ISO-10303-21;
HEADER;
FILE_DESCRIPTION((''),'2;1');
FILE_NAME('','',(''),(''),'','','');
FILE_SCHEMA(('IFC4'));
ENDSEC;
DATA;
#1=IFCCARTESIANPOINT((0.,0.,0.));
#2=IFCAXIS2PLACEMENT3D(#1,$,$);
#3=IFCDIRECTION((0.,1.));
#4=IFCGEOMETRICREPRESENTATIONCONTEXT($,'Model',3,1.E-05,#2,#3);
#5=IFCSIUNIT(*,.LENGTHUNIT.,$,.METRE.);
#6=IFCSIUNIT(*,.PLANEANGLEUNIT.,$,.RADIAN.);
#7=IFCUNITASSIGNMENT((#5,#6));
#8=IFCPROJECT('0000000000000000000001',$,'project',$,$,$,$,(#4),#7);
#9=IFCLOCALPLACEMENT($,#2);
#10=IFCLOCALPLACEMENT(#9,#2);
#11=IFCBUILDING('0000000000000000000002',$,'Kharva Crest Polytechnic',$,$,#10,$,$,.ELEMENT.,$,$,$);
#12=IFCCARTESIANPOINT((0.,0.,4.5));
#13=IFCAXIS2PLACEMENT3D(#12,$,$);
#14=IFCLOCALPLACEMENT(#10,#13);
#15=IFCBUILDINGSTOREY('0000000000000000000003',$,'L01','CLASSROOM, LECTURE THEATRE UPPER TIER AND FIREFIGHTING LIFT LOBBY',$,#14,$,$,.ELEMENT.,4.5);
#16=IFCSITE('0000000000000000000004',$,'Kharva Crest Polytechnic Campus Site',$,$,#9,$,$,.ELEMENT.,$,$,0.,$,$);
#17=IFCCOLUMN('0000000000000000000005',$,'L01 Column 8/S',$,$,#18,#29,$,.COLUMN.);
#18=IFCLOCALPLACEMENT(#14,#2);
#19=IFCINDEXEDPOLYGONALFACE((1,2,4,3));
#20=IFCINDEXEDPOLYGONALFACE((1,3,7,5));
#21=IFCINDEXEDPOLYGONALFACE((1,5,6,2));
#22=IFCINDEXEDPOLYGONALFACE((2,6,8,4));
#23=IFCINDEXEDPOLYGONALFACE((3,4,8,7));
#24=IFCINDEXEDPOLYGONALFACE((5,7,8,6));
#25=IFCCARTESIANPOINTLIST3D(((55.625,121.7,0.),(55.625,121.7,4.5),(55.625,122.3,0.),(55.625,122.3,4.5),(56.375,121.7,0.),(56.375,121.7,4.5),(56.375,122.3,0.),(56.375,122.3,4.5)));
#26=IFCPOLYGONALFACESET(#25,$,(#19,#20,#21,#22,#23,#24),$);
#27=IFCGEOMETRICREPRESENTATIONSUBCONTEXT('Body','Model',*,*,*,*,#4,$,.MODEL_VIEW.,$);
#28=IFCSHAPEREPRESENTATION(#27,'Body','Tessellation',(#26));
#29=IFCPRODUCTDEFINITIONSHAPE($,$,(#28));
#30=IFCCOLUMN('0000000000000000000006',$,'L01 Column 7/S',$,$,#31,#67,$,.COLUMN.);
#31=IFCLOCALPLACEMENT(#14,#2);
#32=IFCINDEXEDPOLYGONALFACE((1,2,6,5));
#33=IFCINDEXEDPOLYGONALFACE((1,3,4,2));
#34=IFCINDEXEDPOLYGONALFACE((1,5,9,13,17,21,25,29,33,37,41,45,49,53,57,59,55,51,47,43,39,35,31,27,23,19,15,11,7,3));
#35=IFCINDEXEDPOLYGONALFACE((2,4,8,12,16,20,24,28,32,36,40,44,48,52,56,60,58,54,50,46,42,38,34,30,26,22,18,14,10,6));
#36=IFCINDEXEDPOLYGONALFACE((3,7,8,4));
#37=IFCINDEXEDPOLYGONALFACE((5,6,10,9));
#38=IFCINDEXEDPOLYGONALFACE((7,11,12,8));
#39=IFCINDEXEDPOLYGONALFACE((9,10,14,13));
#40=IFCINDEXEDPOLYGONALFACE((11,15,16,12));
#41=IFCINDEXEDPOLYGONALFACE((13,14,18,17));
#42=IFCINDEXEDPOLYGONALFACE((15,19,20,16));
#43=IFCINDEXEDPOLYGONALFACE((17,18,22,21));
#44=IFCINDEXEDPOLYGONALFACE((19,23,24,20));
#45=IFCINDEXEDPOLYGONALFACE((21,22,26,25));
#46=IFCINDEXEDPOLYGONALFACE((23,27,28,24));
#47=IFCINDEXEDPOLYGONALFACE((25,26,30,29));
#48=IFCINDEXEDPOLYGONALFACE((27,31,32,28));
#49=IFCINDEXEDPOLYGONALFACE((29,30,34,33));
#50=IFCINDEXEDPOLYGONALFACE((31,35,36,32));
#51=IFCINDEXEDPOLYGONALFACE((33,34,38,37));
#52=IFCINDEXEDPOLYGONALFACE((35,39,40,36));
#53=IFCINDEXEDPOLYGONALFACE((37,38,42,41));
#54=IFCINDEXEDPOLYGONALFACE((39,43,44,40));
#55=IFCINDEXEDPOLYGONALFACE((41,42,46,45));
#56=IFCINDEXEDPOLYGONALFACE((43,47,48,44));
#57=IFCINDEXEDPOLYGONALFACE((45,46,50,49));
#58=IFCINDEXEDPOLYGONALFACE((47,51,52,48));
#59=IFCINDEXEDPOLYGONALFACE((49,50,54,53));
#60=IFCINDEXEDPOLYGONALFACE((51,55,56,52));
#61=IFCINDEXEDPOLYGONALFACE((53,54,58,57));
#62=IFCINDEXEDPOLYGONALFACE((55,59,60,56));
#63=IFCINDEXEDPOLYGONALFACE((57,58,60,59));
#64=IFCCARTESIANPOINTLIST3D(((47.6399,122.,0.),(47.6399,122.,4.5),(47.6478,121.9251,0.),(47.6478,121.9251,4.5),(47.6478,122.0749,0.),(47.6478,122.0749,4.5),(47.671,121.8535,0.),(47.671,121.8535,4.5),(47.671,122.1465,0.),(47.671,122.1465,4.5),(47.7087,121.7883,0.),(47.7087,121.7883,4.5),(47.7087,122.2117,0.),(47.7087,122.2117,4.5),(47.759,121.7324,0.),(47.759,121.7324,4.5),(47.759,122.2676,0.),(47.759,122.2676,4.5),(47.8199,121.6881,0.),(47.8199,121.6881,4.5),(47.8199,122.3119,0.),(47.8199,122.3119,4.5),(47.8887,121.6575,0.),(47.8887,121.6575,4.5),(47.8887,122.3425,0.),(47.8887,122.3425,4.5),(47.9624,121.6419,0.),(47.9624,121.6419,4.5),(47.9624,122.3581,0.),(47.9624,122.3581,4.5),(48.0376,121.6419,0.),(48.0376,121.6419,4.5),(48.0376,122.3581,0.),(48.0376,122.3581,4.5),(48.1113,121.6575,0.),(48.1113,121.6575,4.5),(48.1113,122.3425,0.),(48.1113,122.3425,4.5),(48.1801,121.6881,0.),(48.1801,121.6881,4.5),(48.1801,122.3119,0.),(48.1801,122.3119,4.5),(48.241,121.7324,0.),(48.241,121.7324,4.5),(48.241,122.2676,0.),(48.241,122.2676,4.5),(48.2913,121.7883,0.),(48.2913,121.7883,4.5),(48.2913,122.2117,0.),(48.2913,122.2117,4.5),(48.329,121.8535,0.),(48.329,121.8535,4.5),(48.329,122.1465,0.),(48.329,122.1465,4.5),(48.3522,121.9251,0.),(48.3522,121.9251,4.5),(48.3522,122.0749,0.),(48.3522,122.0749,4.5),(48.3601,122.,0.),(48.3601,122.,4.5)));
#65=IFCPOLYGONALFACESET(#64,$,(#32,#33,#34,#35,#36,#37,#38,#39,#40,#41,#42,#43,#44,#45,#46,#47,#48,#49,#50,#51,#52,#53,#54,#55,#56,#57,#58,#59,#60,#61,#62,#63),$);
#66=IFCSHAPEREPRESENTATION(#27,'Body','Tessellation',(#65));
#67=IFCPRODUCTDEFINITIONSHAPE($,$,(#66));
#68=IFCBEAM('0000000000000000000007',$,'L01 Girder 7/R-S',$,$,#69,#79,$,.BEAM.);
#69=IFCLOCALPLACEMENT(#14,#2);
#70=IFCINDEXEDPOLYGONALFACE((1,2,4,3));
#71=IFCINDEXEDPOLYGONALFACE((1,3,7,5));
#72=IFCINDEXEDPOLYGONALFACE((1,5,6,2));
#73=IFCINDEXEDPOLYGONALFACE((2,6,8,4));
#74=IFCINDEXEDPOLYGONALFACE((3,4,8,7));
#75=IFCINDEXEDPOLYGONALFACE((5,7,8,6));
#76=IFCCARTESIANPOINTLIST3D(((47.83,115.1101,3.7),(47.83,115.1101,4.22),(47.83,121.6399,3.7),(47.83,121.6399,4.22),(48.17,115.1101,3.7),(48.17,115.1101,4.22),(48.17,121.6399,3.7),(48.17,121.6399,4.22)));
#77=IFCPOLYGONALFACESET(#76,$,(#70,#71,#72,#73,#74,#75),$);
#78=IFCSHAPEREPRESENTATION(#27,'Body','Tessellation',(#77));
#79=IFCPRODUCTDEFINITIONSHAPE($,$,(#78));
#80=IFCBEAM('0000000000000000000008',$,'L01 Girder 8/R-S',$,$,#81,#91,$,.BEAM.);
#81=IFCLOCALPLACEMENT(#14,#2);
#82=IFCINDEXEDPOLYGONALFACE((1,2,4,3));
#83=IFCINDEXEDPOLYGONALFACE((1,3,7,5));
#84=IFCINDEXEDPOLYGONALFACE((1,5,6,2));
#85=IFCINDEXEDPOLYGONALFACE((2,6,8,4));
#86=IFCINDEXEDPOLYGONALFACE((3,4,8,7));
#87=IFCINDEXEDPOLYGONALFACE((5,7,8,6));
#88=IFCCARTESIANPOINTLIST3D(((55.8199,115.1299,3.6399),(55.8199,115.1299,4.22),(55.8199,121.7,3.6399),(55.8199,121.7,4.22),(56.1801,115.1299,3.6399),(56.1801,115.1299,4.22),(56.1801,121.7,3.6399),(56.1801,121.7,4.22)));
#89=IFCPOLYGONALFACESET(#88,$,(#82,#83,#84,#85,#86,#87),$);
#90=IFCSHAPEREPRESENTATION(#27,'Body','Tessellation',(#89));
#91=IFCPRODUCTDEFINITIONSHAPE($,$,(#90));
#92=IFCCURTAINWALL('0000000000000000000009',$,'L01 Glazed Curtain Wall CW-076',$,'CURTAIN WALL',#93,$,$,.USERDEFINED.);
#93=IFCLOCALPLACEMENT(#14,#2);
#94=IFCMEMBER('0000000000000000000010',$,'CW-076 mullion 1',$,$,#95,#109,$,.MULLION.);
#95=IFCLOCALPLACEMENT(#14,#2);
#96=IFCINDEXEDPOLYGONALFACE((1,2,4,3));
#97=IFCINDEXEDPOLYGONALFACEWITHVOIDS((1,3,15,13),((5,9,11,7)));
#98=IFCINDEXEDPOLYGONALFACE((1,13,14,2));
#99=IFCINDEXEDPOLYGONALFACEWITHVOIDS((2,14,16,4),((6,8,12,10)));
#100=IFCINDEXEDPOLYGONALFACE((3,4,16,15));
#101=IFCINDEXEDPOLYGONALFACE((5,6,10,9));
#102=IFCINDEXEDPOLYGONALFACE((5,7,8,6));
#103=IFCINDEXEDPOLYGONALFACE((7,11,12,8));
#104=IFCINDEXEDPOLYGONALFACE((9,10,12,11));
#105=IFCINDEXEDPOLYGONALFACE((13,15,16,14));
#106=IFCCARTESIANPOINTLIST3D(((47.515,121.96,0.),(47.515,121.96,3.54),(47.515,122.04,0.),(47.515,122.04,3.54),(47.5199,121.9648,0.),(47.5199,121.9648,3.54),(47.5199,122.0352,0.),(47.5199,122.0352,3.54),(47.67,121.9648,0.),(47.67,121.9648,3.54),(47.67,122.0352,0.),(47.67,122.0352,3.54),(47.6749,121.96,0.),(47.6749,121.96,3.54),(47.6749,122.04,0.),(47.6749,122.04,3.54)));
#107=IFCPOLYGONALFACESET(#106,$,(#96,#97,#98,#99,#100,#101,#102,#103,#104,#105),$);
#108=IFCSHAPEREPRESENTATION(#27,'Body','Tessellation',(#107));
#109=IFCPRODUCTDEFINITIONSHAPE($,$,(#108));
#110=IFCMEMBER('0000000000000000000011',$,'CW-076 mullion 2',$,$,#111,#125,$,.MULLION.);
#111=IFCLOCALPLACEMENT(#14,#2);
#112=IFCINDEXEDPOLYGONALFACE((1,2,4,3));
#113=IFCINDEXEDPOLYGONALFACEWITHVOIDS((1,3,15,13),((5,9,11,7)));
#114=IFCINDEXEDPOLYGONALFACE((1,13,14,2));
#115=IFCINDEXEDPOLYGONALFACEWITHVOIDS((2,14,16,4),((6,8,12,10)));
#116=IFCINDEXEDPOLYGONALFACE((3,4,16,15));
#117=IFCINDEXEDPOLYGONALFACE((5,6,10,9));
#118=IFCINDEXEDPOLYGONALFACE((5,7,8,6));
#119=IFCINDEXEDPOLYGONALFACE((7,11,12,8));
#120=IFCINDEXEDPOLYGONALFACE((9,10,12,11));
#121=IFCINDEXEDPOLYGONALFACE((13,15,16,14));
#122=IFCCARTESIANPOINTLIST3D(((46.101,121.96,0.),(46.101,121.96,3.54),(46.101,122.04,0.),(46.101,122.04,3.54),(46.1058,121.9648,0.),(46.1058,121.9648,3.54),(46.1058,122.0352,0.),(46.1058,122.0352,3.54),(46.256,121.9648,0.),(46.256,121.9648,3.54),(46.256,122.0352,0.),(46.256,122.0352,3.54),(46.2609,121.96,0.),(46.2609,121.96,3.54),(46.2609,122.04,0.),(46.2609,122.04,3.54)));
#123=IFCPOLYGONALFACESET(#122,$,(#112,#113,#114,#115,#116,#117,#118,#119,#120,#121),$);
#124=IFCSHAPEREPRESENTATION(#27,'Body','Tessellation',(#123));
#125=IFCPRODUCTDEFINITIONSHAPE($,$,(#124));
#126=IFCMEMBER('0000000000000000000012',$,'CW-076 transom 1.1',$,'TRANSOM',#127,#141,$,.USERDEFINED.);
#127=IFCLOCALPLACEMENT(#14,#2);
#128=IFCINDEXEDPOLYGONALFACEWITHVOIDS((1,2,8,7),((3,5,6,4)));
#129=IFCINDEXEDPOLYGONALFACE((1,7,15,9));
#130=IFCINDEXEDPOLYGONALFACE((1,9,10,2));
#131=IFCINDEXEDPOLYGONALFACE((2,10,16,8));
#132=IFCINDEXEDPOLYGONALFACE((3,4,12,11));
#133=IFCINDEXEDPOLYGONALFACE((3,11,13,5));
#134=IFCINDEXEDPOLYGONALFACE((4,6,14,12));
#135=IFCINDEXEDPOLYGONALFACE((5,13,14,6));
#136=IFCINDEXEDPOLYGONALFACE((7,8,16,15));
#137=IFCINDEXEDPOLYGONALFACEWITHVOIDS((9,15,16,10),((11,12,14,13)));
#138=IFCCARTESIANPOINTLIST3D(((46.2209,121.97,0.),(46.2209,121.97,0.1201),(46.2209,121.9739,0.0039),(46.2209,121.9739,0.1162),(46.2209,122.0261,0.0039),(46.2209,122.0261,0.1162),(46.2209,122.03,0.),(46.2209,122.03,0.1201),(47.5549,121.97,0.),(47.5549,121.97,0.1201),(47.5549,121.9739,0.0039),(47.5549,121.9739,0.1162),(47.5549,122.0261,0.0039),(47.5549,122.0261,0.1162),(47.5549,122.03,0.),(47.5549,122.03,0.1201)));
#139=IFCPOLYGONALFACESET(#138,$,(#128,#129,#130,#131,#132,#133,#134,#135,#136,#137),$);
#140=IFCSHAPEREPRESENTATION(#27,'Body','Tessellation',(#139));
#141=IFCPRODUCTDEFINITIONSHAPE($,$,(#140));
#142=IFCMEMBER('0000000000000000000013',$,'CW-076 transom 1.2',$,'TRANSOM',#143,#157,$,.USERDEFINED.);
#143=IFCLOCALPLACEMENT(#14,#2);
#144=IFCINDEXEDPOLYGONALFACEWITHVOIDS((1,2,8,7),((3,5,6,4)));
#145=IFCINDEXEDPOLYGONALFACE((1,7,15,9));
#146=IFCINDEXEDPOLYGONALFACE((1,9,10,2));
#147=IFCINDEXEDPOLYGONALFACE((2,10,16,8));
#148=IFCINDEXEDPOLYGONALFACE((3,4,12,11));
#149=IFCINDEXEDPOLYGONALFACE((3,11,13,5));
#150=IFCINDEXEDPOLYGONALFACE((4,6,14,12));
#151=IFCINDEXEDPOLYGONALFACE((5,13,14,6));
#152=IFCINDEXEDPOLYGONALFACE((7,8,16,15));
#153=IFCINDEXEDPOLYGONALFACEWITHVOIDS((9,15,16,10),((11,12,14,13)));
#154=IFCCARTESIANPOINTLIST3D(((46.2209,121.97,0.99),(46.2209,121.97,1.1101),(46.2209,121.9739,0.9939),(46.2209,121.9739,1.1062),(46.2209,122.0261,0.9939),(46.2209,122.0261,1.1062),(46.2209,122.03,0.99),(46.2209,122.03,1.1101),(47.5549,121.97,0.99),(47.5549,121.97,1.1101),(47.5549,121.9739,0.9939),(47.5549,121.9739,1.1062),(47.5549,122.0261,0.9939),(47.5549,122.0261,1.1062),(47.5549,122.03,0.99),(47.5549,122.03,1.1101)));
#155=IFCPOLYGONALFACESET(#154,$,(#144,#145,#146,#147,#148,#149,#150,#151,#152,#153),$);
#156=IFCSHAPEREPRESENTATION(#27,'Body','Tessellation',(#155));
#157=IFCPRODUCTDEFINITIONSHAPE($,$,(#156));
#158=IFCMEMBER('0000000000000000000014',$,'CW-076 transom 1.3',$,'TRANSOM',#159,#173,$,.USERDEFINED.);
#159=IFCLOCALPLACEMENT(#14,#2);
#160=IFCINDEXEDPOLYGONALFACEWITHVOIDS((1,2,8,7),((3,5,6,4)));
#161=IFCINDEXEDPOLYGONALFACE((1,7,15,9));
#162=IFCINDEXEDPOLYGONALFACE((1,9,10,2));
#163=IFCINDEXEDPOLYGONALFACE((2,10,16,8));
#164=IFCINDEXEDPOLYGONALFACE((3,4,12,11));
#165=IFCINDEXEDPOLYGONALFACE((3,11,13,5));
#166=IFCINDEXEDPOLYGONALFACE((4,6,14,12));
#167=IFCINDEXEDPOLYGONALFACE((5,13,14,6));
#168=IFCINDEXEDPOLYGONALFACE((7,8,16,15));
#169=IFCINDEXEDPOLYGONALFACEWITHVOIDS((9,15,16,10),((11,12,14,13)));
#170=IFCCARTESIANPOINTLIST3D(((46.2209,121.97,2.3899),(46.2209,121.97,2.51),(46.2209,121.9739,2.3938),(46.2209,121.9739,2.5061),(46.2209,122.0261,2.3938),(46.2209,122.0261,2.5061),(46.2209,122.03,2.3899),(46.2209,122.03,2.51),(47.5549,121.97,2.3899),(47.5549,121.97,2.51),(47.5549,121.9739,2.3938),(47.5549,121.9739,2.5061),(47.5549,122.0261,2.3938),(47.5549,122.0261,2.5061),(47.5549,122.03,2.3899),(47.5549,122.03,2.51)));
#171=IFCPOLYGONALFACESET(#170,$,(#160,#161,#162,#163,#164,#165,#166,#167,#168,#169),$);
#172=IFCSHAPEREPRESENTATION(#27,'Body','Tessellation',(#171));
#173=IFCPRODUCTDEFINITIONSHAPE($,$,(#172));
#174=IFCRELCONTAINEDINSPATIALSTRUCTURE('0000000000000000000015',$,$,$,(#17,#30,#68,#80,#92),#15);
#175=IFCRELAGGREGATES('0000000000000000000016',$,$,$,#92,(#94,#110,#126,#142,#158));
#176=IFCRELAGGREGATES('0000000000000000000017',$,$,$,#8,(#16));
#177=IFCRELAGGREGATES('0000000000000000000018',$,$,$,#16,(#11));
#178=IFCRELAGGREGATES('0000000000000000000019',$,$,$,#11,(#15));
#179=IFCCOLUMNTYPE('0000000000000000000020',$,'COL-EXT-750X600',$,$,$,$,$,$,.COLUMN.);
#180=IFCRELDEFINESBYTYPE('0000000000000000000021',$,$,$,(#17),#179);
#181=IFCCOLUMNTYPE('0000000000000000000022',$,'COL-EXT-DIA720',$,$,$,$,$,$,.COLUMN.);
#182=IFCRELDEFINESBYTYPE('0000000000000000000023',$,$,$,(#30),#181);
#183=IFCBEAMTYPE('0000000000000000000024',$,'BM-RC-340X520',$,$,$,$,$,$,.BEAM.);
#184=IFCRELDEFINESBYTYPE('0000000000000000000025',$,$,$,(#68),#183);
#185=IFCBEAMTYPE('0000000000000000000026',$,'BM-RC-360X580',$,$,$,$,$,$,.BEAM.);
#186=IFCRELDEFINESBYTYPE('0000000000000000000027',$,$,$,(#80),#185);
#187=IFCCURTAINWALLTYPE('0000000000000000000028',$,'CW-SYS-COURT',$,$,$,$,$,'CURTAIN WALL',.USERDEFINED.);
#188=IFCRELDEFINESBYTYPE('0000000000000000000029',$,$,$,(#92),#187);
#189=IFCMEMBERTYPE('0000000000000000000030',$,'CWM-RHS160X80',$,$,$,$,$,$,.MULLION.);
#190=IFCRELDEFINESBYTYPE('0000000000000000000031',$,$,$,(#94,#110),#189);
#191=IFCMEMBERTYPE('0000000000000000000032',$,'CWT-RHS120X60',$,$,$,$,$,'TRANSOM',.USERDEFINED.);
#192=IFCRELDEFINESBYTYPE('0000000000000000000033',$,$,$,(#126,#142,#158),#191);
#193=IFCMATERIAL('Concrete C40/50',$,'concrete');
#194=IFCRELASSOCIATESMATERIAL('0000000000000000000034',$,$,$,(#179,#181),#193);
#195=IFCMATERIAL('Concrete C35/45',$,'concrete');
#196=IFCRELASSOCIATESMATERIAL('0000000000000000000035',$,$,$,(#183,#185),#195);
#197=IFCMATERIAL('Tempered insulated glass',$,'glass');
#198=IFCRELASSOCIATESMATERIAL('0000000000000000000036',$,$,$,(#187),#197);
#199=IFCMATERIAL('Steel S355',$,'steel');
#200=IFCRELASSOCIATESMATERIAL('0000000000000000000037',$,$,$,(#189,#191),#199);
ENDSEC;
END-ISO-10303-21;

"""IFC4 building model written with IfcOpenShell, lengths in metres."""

from ifc_helpers import new_model, si_unit, direction, frame, origin, origin_2d, place, context, subcontext, project, spatial, rectangle, hollow_rectangle, circle, extrude, material, material_profile, profile_set, type_object, element, aggregate, save


model = new_model("IFC4")

# Units and contexts
model_context = context("Model", 3, precision=1e-05, world=origin(), true_north=direction((0.0, 1.0)))
body_context = subcontext(model_context, "Body", "Model", "MODEL_VIEW")
ifc_project = project(units=[si_unit("LENGTHUNIT", "METRE"), si_unit("PLANEANGLEUNIT", "RADIAN")], contexts=[model_context])

# Site, building, storey
site_placement = place(None, origin())
site = spatial("IfcSite", under=ifc_project, at=site_placement, Name="Kharva Crest Polytechnic Campus Site", CompositionType="ELEMENT", RefElevation=0.0)
building_placement = place(site_placement, origin())
building = spatial("IfcBuilding", under=site, at=building_placement, Name="Kharva Crest Polytechnic", CompositionType="ELEMENT")
storey_placement = place(building_placement, frame((0.0, 0.0, 4.5)))
storey = spatial("IfcBuildingStorey", under=building, at=storey_placement, Name="L01", Description="CLASSROOM, LECTURE THEATRE UPPER TIER AND FIREFIGHTING LIFT LOBBY", CompositionType="ELEMENT", Elevation=4.5)

# Columns
ifc_material_1 = material(Name="Concrete C40/50", Category="concrete")
ifc_material_profile_1 = material_profile(ifc_material_1, rectangle(XDim=0.75, YDim=0.6001, at=origin_2d()), Name="RECT 750 X 600")
ifc_profile_set_1 = profile_set([ifc_material_profile_1], Name="Concrete C40/50")
column_type_1 = type_object("IfcColumnType", Name="COL-EXT-750X600", PredefinedType="COLUMN", material=ifc_profile_set_1)
column_1_placement = place(storey_placement, frame((56.0, 122.0, 0.0), z_axis=(0.0, 0.0, 1.0), x_axis=(1.0, 0.0, 0.0)))
element("IfcColumn", 1, at=column_1_placement, inside=storey, type_object=column_type_1, Name="L01 Column 8/S", PredefinedType="COLUMN", context=body_context, shape_type="SweptSolid", body=[
    extrude(rectangle(XDim=0.75, YDim=0.6001, at=origin_2d()), origin(), (0.0, 0.0, 1.0), 4.5),
])
ifc_material_profile_2 = material_profile(ifc_material_1, circle(Radius=0.3601, at=origin_2d()), Name="DIA 720")
ifc_profile_set_2 = profile_set([ifc_material_profile_2], Name="Concrete C40/50")
column_type_2 = type_object("IfcColumnType", Name="COL-EXT-DIA720", PredefinedType="COLUMN", material=ifc_profile_set_2)
column_2_placement = place(storey_placement, frame((48.0, 122.0, 0.0), z_axis=(0.0, 0.0, 1.0), x_axis=(1.0, 0.0, 0.0)))
element("IfcColumn", 2, at=column_2_placement, inside=storey, type_object=column_type_2, Name="L01 Column 7/S", PredefinedType="COLUMN", context=body_context, shape_type="SweptSolid", body=[
    extrude(circle(Radius=0.3601, at=origin_2d()), origin(), (0.0, 0.0, 1.0), 4.5),
])

# Beams
ifc_material_2 = material(Name="Concrete C35/45", Category="concrete")
ifc_material_profile_3 = material_profile(ifc_material_2, rectangle(XDim=0.3401, YDim=0.52, at=origin_2d()), Name="RECT 340 X 520")
ifc_profile_set_3 = profile_set([ifc_material_profile_3], Name="Concrete C35/45")
beam_type_1 = type_object("IfcBeamType", Name="BM-RC-340X520", PredefinedType="BEAM", material=ifc_profile_set_3)
beam_1_placement = place(storey_placement, frame((48.0, 115.1101, 3.96), z_axis=(0.0, 1.0, 0.0), x_axis=(-1.0, 0.0, 0.0)))
element("IfcBeam", 3, at=beam_1_placement, inside=storey, type_object=beam_type_1, Name="L01 Girder 7/R-S", PredefinedType="BEAM", context=body_context, shape_type="SweptSolid", body=[
    extrude(rectangle(XDim=0.3401, YDim=0.52, at=origin_2d()), origin(), (0.0, 0.0, 1.0), 6.5298),
])
ifc_material_profile_4 = material_profile(ifc_material_2, rectangle(XDim=0.3601, YDim=0.5801, at=origin_2d()), Name="RECT 360 X 580")
ifc_profile_set_4 = profile_set([ifc_material_profile_4], Name="Concrete C35/45")
beam_type_2 = type_object("IfcBeamType", Name="BM-RC-360X580", PredefinedType="BEAM", material=ifc_profile_set_4)
beam_2_placement = place(storey_placement, frame((56.0, 115.1299, 3.9299), z_axis=(0.0, 1.0, 0.0), x_axis=(-1.0, 0.0, 0.0)))
element("IfcBeam", 4, at=beam_2_placement, inside=storey, type_object=beam_type_2, Name="L01 Girder 8/R-S", PredefinedType="BEAM", context=body_context, shape_type="SweptSolid", body=[
    extrude(rectangle(XDim=0.3601, YDim=0.5801, at=origin_2d()), origin(), (0.0, 0.0, 1.0), 6.5701),
])

# Curtain wall, members
ifc_material_3 = material(Name="Tempered insulated glass", Category="glass")
curtain_wall_type = type_object("IfcCurtainWallType", Name="CW-SYS-COURT", ElementType="CURTAIN WALL", PredefinedType="USERDEFINED", material=ifc_material_3)
curtain_wall_placement = place(storey_placement, origin())
curtain_wall = element("IfcCurtainWall", 5, at=curtain_wall_placement, inside=storey, type_object=curtain_wall_type, Name="L01 Glazed Curtain Wall CW-076", ObjectType="CURTAIN WALL", PredefinedType="USERDEFINED")
ifc_material_4 = material(Name="Steel S355", Category="steel")
ifc_material_profile_5 = material_profile(ifc_material_4, hollow_rectangle(XDim=0.0801, YDim=0.1599, WallThickness=0.0049, at=origin_2d()), Name="RHS 160X80X5.0")
ifc_profile_set_5 = profile_set([ifc_material_profile_5], Name="Steel S355")
member_type_1 = type_object("IfcMemberType", Name="CWM-RHS160X80", PredefinedType="MULLION", material=ifc_profile_set_5)
member_1_placement = place(storey_placement, frame((47.595, 122.0, 0.0), z_axis=(0.0, 0.0, 1.0), x_axis=(0.0, -1.0, 0.0)))
member_1 = element("IfcMember", 6, at=member_1_placement, type_object=member_type_1, Name="CW-076 mullion 1", PredefinedType="MULLION", context=body_context, shape_type="SweptSolid", body=[
    extrude(hollow_rectangle(XDim=0.0801, YDim=0.1599, WallThickness=0.0049, at=origin_2d()), origin(), (0.0, 0.0, 1.0), 3.54),
])
member_2_placement = place(storey_placement, frame((46.1809, 122.0, 0.0), z_axis=(0.0, 0.0, 1.0), x_axis=(0.0, -1.0, 0.0)))
member_2 = element("IfcMember", 7, at=member_2_placement, type_object=member_type_1, Name="CW-076 mullion 2", PredefinedType="MULLION", context=body_context, shape_type="SweptSolid", body=[
    extrude(hollow_rectangle(XDim=0.0801, YDim=0.1599, WallThickness=0.0049, at=origin_2d()), origin(), (0.0, 0.0, 1.0), 3.54),
])
ifc_material_profile_6 = material_profile(ifc_material_4, hollow_rectangle(XDim=0.0601, YDim=0.1201, WallThickness=0.0039, at=origin_2d()), Name="RHS 120X60X4.0")
ifc_profile_set_6 = profile_set([ifc_material_profile_6], Name="Steel S355")
member_type_2 = type_object("IfcMemberType", Name="CWT-RHS120X60", ElementType="TRANSOM", PredefinedType="USERDEFINED", material=ifc_profile_set_6)
member_3_placement = place(storey_placement, frame((47.5549, 122.0, 0.0601), z_axis=(-1.0, 0.0, 0.0), x_axis=(0.0, -1.0, 0.0)))
member_3 = element("IfcMember", 8, at=member_3_placement, type_object=member_type_2, Name="CW-076 transom 1.1", ObjectType="TRANSOM", PredefinedType="USERDEFINED", context=body_context, shape_type="SweptSolid", body=[
    extrude(hollow_rectangle(XDim=0.0601, YDim=0.1201, WallThickness=0.0039, at=origin_2d()), origin(), (0.0, 0.0, 1.0), 1.334),
])
member_4_placement = place(storey_placement, frame((47.5549, 122.0, 1.05), z_axis=(-1.0, 0.0, 0.0), x_axis=(0.0, -1.0, 0.0)))
member_4 = element("IfcMember", 9, at=member_4_placement, type_object=member_type_2, Name="CW-076 transom 1.2", ObjectType="TRANSOM", PredefinedType="USERDEFINED", context=body_context, shape_type="SweptSolid", body=[
    extrude(hollow_rectangle(XDim=0.0601, YDim=0.1201, WallThickness=0.0039, at=origin_2d()), origin(), (0.0, 0.0, 1.0), 1.334),
])
member_5_placement = place(storey_placement, frame((47.5549, 122.0, 2.45), z_axis=(-1.0, 0.0, 0.0), x_axis=(0.0, -1.0, 0.0)))
member_5 = element("IfcMember", 10, at=member_5_placement, type_object=member_type_2, Name="CW-076 transom 1.3", ObjectType="TRANSOM", PredefinedType="USERDEFINED", context=body_context, shape_type="SweptSolid", body=[
    extrude(hollow_rectangle(XDim=0.0601, YDim=0.1201, WallThickness=0.0039, at=origin_2d()), origin(), (0.0, 0.0, 1.0), 1.334),
])

aggregate(curtain_wall, [member_1, member_2, member_3, member_4, member_5])

save(model, "model.ifc")
